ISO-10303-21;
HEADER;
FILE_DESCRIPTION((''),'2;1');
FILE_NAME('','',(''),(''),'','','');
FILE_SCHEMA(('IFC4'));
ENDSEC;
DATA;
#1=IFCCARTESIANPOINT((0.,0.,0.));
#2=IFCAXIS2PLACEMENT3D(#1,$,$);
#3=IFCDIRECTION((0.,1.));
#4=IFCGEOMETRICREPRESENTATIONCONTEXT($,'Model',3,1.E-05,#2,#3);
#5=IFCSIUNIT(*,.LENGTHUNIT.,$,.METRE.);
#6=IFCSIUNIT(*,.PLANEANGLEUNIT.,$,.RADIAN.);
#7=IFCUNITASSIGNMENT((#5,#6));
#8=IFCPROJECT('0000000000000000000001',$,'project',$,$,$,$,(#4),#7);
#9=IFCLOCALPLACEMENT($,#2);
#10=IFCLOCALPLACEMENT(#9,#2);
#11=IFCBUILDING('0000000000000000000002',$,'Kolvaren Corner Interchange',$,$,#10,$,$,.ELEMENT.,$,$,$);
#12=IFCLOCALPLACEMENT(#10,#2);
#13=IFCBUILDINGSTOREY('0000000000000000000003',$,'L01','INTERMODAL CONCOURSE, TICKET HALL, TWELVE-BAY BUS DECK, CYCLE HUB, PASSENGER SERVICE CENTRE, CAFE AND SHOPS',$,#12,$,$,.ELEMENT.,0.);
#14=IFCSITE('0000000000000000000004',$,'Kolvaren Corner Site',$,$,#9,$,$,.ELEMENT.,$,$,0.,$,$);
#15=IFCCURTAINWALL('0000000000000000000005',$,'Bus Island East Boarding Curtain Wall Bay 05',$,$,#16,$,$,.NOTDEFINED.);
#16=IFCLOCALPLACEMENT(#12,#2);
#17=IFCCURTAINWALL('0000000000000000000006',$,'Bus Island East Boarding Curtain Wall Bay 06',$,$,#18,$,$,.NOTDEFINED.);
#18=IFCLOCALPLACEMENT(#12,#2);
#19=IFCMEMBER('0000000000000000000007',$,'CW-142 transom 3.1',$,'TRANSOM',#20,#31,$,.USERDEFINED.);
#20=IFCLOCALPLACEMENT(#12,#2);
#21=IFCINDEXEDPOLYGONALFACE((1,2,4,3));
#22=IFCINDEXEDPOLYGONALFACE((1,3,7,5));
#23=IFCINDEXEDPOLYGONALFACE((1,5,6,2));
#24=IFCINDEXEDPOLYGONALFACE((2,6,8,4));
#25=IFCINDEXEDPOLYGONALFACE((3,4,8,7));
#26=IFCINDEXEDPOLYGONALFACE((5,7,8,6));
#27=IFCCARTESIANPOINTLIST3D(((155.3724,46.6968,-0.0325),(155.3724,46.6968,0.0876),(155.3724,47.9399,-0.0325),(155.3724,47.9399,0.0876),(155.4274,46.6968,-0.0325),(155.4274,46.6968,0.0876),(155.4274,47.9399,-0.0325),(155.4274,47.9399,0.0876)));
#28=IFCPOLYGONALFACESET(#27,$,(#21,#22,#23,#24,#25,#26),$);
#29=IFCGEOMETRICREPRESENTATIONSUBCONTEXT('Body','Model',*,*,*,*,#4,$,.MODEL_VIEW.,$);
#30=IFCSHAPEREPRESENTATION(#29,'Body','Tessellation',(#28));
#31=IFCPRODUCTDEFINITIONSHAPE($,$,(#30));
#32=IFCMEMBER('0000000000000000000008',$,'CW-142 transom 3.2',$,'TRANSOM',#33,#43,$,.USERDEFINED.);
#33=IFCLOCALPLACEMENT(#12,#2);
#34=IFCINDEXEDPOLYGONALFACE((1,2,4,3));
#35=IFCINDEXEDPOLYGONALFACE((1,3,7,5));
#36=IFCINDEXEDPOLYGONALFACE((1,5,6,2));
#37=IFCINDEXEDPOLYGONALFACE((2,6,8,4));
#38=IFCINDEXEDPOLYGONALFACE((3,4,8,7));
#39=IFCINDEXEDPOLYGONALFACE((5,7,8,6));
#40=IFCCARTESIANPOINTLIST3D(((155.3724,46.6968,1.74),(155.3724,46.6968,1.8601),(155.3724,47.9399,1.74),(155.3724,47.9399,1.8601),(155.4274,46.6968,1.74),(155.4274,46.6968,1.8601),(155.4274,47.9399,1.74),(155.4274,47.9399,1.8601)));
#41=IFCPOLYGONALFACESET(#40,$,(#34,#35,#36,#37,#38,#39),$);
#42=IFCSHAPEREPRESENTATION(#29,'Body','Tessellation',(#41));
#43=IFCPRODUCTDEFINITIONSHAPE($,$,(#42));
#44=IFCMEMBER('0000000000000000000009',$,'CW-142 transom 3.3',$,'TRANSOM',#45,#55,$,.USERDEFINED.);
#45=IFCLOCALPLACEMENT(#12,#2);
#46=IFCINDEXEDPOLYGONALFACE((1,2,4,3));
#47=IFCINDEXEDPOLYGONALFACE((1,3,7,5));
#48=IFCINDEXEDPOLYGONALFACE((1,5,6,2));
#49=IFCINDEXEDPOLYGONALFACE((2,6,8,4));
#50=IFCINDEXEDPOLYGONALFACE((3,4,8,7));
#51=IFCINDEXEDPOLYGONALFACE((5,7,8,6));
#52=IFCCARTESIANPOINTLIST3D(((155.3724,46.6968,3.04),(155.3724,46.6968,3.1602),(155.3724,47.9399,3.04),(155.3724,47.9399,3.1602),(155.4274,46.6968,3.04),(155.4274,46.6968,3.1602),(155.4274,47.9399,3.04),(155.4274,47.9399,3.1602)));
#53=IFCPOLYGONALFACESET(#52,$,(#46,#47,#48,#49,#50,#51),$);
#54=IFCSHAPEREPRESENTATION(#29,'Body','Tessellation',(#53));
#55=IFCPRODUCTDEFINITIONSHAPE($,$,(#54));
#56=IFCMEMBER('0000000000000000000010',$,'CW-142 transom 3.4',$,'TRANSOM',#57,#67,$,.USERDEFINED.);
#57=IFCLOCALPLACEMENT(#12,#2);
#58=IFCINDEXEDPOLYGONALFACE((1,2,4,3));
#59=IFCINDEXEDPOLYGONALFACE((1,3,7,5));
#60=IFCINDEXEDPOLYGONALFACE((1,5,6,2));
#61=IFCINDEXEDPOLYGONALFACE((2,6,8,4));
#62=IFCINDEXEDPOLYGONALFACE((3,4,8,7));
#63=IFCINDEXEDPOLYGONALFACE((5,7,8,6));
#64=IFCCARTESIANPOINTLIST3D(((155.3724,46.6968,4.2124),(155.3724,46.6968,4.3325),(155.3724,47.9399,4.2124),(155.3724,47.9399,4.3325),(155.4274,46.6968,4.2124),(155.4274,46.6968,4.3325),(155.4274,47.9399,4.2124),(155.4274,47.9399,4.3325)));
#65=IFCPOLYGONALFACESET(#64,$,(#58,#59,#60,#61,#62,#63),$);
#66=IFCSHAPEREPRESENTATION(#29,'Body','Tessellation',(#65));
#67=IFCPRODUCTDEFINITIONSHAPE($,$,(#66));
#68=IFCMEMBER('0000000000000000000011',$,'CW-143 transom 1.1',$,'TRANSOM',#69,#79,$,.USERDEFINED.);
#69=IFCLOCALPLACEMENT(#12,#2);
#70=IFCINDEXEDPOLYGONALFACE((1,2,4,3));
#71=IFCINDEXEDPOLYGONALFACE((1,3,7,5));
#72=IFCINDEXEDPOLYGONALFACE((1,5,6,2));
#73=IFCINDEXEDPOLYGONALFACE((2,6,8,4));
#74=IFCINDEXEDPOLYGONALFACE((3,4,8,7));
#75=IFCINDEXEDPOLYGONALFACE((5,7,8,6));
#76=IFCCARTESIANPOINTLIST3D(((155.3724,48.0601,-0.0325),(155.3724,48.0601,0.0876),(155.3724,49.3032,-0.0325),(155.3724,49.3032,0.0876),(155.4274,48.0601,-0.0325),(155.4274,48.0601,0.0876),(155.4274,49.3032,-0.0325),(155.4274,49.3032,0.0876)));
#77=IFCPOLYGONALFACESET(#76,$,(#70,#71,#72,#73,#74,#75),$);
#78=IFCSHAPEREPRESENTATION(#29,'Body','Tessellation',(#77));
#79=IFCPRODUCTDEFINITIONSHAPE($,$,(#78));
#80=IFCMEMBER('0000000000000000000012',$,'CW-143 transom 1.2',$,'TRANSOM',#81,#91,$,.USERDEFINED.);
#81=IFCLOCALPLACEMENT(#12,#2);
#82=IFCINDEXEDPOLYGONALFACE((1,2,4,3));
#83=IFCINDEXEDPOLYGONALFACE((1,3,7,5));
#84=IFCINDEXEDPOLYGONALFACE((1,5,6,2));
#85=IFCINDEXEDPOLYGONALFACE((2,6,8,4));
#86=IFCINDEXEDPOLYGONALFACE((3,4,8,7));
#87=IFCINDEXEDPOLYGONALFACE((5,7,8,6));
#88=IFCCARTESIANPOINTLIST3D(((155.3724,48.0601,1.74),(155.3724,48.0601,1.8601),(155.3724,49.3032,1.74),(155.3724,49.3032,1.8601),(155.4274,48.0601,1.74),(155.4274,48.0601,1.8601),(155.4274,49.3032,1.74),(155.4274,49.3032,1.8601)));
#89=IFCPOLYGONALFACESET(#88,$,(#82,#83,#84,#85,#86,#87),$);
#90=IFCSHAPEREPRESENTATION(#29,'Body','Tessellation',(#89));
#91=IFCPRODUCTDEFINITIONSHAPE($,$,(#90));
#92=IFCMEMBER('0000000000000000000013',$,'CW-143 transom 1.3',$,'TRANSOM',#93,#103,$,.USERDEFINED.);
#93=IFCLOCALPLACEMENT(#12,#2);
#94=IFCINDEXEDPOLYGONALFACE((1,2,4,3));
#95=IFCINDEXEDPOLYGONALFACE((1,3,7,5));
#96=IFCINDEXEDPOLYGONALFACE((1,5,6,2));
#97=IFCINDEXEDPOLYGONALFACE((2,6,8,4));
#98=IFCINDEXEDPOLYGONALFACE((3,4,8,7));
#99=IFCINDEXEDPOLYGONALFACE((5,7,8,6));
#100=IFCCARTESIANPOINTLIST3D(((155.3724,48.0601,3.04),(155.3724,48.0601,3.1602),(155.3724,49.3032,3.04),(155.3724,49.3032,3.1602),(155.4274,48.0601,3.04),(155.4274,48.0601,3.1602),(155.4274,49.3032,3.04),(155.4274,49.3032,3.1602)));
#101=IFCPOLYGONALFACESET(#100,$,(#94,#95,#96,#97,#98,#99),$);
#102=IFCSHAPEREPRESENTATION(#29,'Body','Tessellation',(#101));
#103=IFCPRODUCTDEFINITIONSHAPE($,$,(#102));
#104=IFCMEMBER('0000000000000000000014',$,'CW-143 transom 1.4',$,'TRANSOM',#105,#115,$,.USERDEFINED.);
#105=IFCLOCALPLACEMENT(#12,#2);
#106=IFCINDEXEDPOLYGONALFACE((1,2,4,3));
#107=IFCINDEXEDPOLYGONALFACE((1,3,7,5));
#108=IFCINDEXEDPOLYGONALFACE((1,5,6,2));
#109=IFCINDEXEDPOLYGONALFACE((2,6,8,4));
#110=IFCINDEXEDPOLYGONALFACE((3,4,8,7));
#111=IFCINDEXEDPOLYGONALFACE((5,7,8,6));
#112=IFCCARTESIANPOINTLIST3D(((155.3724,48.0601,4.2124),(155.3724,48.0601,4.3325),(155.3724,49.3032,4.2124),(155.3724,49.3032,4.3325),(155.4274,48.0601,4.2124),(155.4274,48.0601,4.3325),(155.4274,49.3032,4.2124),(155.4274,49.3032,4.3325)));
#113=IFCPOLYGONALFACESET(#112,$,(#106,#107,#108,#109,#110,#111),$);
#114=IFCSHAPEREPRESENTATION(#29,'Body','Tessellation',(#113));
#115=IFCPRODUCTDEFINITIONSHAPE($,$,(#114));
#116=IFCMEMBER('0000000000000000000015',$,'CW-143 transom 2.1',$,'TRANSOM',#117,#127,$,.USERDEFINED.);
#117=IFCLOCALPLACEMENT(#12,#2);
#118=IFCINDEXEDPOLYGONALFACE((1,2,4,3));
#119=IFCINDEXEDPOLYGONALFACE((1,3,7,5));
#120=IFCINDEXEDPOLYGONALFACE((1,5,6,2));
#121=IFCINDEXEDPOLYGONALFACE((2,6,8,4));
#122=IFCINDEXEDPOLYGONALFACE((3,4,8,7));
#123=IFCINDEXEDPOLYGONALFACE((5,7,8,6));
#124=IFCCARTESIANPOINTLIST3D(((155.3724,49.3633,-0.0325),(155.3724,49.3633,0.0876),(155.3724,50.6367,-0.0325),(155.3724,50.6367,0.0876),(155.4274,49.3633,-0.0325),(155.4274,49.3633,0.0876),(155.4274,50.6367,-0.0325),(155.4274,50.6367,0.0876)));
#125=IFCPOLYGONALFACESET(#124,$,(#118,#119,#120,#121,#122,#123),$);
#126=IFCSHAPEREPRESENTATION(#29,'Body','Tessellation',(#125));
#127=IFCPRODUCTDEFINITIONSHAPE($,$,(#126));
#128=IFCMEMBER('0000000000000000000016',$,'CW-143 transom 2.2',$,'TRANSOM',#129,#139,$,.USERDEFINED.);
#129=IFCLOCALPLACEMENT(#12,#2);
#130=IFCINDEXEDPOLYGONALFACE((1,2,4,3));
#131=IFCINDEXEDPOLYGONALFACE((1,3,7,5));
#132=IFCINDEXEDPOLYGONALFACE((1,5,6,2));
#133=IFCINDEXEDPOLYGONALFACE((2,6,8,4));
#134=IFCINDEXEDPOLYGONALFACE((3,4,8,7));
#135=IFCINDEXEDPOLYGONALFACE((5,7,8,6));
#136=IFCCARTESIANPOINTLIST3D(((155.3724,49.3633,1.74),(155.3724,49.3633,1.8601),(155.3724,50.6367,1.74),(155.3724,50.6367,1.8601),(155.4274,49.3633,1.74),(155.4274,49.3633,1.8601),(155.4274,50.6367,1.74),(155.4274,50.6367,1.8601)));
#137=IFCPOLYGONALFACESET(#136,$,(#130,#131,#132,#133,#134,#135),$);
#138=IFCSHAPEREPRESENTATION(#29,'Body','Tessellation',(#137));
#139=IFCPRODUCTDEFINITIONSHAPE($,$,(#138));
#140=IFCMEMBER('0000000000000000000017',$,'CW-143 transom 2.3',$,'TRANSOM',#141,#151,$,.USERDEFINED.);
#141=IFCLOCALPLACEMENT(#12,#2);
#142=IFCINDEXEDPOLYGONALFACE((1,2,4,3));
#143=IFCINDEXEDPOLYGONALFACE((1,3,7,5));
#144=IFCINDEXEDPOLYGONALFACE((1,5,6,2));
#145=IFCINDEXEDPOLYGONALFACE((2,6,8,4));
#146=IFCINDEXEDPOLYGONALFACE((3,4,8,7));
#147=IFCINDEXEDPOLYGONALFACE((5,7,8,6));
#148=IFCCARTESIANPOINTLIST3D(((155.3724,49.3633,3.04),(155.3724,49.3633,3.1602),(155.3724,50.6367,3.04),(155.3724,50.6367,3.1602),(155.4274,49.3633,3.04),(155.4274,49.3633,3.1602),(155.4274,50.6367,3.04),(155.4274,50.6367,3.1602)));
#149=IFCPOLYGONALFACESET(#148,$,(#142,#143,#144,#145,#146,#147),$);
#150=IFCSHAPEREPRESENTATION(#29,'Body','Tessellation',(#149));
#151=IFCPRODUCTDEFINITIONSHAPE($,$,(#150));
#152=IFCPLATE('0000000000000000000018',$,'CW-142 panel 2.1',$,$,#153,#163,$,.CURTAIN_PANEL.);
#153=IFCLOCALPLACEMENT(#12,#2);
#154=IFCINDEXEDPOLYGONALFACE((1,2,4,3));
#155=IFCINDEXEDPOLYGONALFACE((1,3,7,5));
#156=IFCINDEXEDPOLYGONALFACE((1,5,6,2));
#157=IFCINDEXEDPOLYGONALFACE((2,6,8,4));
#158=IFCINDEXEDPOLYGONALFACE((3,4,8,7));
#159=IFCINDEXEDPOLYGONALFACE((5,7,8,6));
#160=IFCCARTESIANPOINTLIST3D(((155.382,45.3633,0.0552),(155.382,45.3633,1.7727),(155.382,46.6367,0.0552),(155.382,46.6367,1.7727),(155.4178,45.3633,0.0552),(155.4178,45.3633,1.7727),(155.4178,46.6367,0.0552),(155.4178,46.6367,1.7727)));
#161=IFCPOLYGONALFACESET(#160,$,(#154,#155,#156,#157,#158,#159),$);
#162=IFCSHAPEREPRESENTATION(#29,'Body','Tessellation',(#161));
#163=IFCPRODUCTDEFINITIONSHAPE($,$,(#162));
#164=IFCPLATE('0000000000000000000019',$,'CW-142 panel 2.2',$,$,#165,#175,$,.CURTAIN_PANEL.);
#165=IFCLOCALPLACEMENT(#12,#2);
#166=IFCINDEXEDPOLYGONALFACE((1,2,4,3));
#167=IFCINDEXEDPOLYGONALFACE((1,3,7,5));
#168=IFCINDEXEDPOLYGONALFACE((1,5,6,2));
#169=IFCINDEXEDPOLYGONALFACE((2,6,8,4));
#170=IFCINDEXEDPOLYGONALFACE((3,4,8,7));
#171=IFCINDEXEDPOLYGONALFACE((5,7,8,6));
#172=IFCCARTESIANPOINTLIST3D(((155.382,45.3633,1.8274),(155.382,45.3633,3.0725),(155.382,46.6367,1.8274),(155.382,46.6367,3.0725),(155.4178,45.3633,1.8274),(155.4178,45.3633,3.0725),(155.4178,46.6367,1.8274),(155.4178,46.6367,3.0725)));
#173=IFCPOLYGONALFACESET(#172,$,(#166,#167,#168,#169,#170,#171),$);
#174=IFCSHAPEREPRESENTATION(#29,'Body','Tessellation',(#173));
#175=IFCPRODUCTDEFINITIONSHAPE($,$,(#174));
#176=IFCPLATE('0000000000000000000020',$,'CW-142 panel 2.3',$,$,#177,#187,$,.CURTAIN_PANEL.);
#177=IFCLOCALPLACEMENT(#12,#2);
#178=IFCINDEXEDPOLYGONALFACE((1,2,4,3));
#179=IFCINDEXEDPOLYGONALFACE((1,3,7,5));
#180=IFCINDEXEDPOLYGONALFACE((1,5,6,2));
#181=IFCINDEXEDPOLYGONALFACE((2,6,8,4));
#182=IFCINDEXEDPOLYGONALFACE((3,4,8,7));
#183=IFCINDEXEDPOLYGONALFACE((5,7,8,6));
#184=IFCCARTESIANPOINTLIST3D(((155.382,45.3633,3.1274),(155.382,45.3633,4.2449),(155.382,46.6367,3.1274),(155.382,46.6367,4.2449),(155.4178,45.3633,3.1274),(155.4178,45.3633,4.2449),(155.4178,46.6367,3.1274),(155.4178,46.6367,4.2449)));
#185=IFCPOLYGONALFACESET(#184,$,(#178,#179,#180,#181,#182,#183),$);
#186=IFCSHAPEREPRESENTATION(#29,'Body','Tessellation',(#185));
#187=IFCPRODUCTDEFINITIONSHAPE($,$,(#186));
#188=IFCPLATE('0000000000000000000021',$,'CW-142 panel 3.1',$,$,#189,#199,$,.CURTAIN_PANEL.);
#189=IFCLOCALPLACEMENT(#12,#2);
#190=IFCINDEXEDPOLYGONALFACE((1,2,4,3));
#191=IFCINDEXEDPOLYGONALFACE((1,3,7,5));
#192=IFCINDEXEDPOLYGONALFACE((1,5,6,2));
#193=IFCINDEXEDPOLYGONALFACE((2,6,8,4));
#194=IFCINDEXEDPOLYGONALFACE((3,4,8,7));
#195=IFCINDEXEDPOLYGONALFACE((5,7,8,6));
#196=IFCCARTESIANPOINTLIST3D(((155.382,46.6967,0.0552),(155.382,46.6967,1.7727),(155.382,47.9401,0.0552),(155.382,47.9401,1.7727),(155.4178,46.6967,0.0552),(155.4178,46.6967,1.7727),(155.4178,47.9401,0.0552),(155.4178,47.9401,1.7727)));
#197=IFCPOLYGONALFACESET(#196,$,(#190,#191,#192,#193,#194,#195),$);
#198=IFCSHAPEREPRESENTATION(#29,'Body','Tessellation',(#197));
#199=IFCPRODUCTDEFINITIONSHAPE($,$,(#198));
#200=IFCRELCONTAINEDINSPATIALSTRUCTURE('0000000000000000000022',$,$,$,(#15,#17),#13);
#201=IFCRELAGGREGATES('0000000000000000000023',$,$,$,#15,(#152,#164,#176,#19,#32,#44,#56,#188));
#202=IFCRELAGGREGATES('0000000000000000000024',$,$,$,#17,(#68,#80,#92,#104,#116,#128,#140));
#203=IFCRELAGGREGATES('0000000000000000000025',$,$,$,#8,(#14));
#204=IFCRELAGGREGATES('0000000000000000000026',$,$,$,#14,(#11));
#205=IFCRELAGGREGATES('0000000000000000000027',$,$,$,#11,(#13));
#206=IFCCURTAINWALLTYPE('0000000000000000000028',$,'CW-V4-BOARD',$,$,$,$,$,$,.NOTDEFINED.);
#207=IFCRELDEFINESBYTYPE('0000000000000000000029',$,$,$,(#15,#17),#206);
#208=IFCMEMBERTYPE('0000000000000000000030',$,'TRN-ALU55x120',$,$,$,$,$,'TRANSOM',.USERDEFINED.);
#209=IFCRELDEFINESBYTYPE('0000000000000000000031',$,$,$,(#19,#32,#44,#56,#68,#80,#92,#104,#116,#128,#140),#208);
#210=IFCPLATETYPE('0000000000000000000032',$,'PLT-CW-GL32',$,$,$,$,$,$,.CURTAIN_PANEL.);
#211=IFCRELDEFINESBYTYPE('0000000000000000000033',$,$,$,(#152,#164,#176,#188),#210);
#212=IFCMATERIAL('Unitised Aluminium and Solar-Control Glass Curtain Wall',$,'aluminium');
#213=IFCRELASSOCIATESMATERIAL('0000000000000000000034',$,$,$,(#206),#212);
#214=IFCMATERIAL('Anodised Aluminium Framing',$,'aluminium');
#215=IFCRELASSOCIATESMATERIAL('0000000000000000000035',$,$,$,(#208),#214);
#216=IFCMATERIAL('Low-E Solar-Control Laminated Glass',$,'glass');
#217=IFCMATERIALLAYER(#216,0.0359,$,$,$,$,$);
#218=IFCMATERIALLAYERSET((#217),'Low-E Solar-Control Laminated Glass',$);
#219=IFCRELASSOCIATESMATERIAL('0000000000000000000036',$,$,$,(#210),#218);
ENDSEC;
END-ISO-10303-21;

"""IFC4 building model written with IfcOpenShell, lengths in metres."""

from ifc_helpers import new_model, si_unit, direction, frame, origin, origin_2d, place, context, subcontext, project, spatial, rectangle, extrude, material, layer, layer_set, material_profile, profile_set, type_object, element, aggregate, save


model = new_model("IFC4")

# Units and contexts
model_context = context("Model", 3, precision=1e-05, world=origin(), true_north=direction((0.0, 1.0)))
body_context = subcontext(model_context, "Body", "Model", "MODEL_VIEW")
ifc_project = project(units=[si_unit("LENGTHUNIT", "METRE"), si_unit("PLANEANGLEUNIT", "RADIAN")], contexts=[model_context])

# Site, building, storey
site_placement = place(None, origin())
site = spatial("IfcSite", under=ifc_project, at=site_placement, Name="Kolvaren Corner Site", CompositionType="ELEMENT", RefElevation=0.0)
building_placement = place(site_placement, origin())
building = spatial("IfcBuilding", under=site, at=building_placement, Name="Kolvaren Corner Interchange", CompositionType="ELEMENT")
storey_placement = place(building_placement, origin())
storey = spatial("IfcBuildingStorey", under=building, at=storey_placement, Name="L01", Description="INTERMODAL CONCOURSE, TICKET HALL, TWELVE-BAY BUS DECK, CYCLE HUB, PASSENGER SERVICE CENTRE, CAFE AND SHOPS", CompositionType="ELEMENT", Elevation=0.0)

# Curtain walls
ifc_material_1 = material(Name="Unitised Aluminium and Solar-Control Glass Curtain Wall", Category="aluminium")
curtain_wall_type = type_object("IfcCurtainWallType", Name="CW-V4-BOARD", PredefinedType="NOTDEFINED", material=ifc_material_1)
curtain_wall_1_placement = place(storey_placement, origin())
curtain_wall_1 = element("IfcCurtainWall", 1, at=curtain_wall_1_placement, inside=storey, type_object=curtain_wall_type, Name="Bus Island East Boarding Curtain Wall Bay 05", PredefinedType="NOTDEFINED")
curtain_wall_2_placement = place(storey_placement, origin())
curtain_wall_2 = element("IfcCurtainWall", 2, at=curtain_wall_2_placement, inside=storey, type_object=curtain_wall_type, Name="Bus Island East Boarding Curtain Wall Bay 06", PredefinedType="NOTDEFINED")

# Members
ifc_material_2 = material(Name="Anodised Aluminium Framing", Category="aluminium")
ifc_material_profile_1 = material_profile(ifc_material_2, rectangle(XDim=0.0549, YDim=0.1201, at=origin_2d()), Name="ALU 55x120")
ifc_profile_set_1 = profile_set([ifc_material_profile_1], Name="Anodised Aluminium Framing")
member_type_1 = type_object("IfcMemberType", Name="TRN-ALU55x120", ElementType="TRANSOM", PredefinedType="USERDEFINED", material=ifc_profile_set_1)
member_1_placement = place(storey_placement, frame((155.3999, 46.6968, 0.0276), z_axis=(0.0, 1.0, 0.0), x_axis=(-1.0, 0.0, 0.0)))
member_1 = element("IfcMember", 3, at=member_1_placement, type_object=member_type_1, Name="CW-142 transom 3.1", ObjectType="TRANSOM", PredefinedType="USERDEFINED", context=body_context, shape_type="SweptSolid", body=[
    extrude(rectangle(XDim=0.0549, YDim=0.1201, at=origin_2d()), origin(), (0.0, 0.0, 1.0), 1.2432),
])
member_2_placement = place(storey_placement, frame((155.3999, 46.6968, 1.8), z_axis=(0.0, 1.0, 0.0), x_axis=(-1.0, 0.0, 0.0)))
member_2 = element("IfcMember", 4, at=member_2_placement, type_object=member_type_1, Name="CW-142 transom 3.2", ObjectType="TRANSOM", PredefinedType="USERDEFINED", context=body_context, shape_type="SweptSolid", body=[
    extrude(rectangle(XDim=0.0549, YDim=0.1201, at=origin_2d()), origin(), (0.0, 0.0, 1.0), 1.2432),
])
member_3_placement = place(storey_placement, frame((155.3999, 46.6968, 3.1001), z_axis=(0.0, 1.0, 0.0), x_axis=(-1.0, 0.0, 0.0)))
member_3 = element("IfcMember", 5, at=member_3_placement, type_object=member_type_1, Name="CW-142 transom 3.3", ObjectType="TRANSOM", PredefinedType="USERDEFINED", context=body_context, shape_type="SweptSolid", body=[
    extrude(rectangle(XDim=0.0549, YDim=0.1201, at=origin_2d()), origin(), (0.0, 0.0, 1.0), 1.2432),
])
member_4_placement = place(storey_placement, frame((155.3999, 46.6968, 4.2725), z_axis=(0.0, 1.0, 0.0), x_axis=(-1.0, 0.0, 0.0)))
member_4 = element("IfcMember", 6, at=member_4_placement, type_object=member_type_1, Name="CW-142 transom 3.4", ObjectType="TRANSOM", PredefinedType="USERDEFINED", context=body_context, shape_type="SweptSolid", body=[
    extrude(rectangle(XDim=0.0549, YDim=0.1201, at=origin_2d()), origin(), (0.0, 0.0, 1.0), 1.2432),
])
member_5_placement = place(storey_placement, frame((155.3999, 48.0601, 0.0276), z_axis=(0.0, 1.0, 0.0), x_axis=(-1.0, 0.0, 0.0)))
member_5 = element("IfcMember", 7, at=member_5_placement, type_object=member_type_1, Name="CW-143 transom 1.1", ObjectType="TRANSOM", PredefinedType="USERDEFINED", context=body_context, shape_type="SweptSolid", body=[
    extrude(rectangle(XDim=0.0549, YDim=0.1201, at=origin_2d()), origin(), (0.0, 0.0, 1.0), 1.2432),
])
member_6_placement = place(storey_placement, frame((155.3999, 48.0601, 1.8), z_axis=(0.0, 1.0, 0.0), x_axis=(-1.0, 0.0, 0.0)))
member_6 = element("IfcMember", 8, at=member_6_placement, type_object=member_type_1, Name="CW-143 transom 1.2", ObjectType="TRANSOM", PredefinedType="USERDEFINED", context=body_context, shape_type="SweptSolid", body=[
    extrude(rectangle(XDim=0.0549, YDim=0.1201, at=origin_2d()), origin(), (0.0, 0.0, 1.0), 1.2432),
])
member_7_placement = place(storey_placement, frame((155.3999, 48.0601, 3.1001), z_axis=(0.0, 1.0, 0.0), x_axis=(-1.0, 0.0, 0.0)))
member_7 = element("IfcMember", 9, at=member_7_placement, type_object=member_type_1, Name="CW-143 transom 1.3", ObjectType="TRANSOM", PredefinedType="USERDEFINED", context=body_context, shape_type="SweptSolid", body=[
    extrude(rectangle(XDim=0.0549, YDim=0.1201, at=origin_2d()), origin(), (0.0, 0.0, 1.0), 1.2432),
])
member_8_placement = place(storey_placement, frame((155.3999, 48.0601, 4.2725), z_axis=(0.0, 1.0, 0.0), x_axis=(-1.0, 0.0, 0.0)))
member_8 = element("IfcMember", 10, at=member_8_placement, type_object=member_type_1, Name="CW-143 transom 1.4", ObjectType="TRANSOM", PredefinedType="USERDEFINED", context=body_context, shape_type="SweptSolid", body=[
    extrude(rectangle(XDim=0.0549, YDim=0.1201, at=origin_2d()), origin(), (0.0, 0.0, 1.0), 1.2432),
])
member_9_placement = place(storey_placement, frame((155.3999, 49.3633, 0.0276), z_axis=(0.0, 1.0, 0.0), x_axis=(-1.0, 0.0, 0.0)))
member_9 = element("IfcMember", 11, at=member_9_placement, type_object=member_type_1, Name="CW-143 transom 2.1", ObjectType="TRANSOM", PredefinedType="USERDEFINED", context=body_context, shape_type="SweptSolid", body=[
    extrude(rectangle(XDim=0.0549, YDim=0.1201, at=origin_2d()), origin(), (0.0, 0.0, 1.0), 1.2734),
])
member_10_placement = place(storey_placement, frame((155.3999, 49.3633, 1.8), z_axis=(0.0, 1.0, 0.0), x_axis=(-1.0, 0.0, 0.0)))
member_10 = element("IfcMember", 12, at=member_10_placement, type_object=member_type_1, Name="CW-143 transom 2.2", ObjectType="TRANSOM", PredefinedType="USERDEFINED", context=body_context, shape_type="SweptSolid", body=[
    extrude(rectangle(XDim=0.0549, YDim=0.1201, at=origin_2d()), origin(), (0.0, 0.0, 1.0), 1.2734),
])
member_11_placement = place(storey_placement, frame((155.3999, 49.3633, 3.1001), z_axis=(0.0, 1.0, 0.0), x_axis=(-1.0, 0.0, 0.0)))
member_11 = element("IfcMember", 13, at=member_11_placement, type_object=member_type_1, Name="CW-143 transom 2.3", ObjectType="TRANSOM", PredefinedType="USERDEFINED", context=body_context, shape_type="SweptSolid", body=[
    extrude(rectangle(XDim=0.0549, YDim=0.1201, at=origin_2d()), origin(), (0.0, 0.0, 1.0), 1.2734),
])

# Plates
ifc_material_3 = material(Name="Low-E Solar-Control Laminated Glass", Category="glass")
ifc_layer = layer(ifc_material_3, 0.0359)
ifc_layer_set = layer_set([ifc_layer], Name="Low-E Solar-Control Laminated Glass")
plate_type = type_object("IfcPlateType", Name="PLT-CW-GL32", PredefinedType="CURTAIN_PANEL", material=ifc_layer_set)
plate_1_placement = place(storey_placement, frame((155.3999, 46.0, 0.0552), z_axis=(0.0, 0.0, 1.0), x_axis=(0.0, 1.0, 0.0)))
plate_1 = element("IfcPlate", 14, at=plate_1_placement, type_object=plate_type, Name="CW-142 panel 2.1", PredefinedType="CURTAIN_PANEL", context=body_context, shape_type="SweptSolid", body=[
    extrude(rectangle(XDim=1.2734, YDim=0.0359, at=origin_2d()), origin(), (0.0, 0.0, 1.0), 1.7175),
])
plate_2_placement = place(storey_placement, frame((155.3999, 46.0, 1.8274), z_axis=(0.0, 0.0, 1.0), x_axis=(0.0, 1.0, 0.0)))
plate_2 = element("IfcPlate", 15, at=plate_2_placement, type_object=plate_type, Name="CW-142 panel 2.2", PredefinedType="CURTAIN_PANEL", context=body_context, shape_type="SweptSolid", body=[
    extrude(rectangle(XDim=1.2734, YDim=0.0359, at=origin_2d()), origin(), (0.0, 0.0, 1.0), 1.2451),
])
plate_3_placement = place(storey_placement, frame((155.3999, 46.0, 3.1274), z_axis=(0.0, 0.0, 1.0), x_axis=(0.0, 1.0, 0.0)))
plate_3 = element("IfcPlate", 16, at=plate_3_placement, type_object=plate_type, Name="CW-142 panel 2.3", PredefinedType="CURTAIN_PANEL", context=body_context, shape_type="SweptSolid", body=[
    extrude(rectangle(XDim=1.2734, YDim=0.0359, at=origin_2d()), origin(), (0.0, 0.0, 1.0), 1.1174),
])
plate_4_placement = place(storey_placement, frame((155.3999, 47.3184, 0.0552), z_axis=(0.0, 0.0, 1.0), x_axis=(0.0, 1.0, 0.0)))
plate_4 = element("IfcPlate", 17, at=plate_4_placement, type_object=plate_type, Name="CW-142 panel 3.1", PredefinedType="CURTAIN_PANEL", context=body_context, shape_type="SweptSolid", body=[
    extrude(rectangle(XDim=1.2434, YDim=0.0359, at=origin_2d()), origin(), (0.0, 0.0, 1.0), 1.7175),
])
aggregate(curtain_wall_1, [plate_1, plate_2, plate_3, member_1, member_2, member_3, member_4, plate_4])
aggregate(curtain_wall_2, [member_5, member_6, member_7, member_8, member_9, member_10, member_11])

save(model, "model.ifc")
